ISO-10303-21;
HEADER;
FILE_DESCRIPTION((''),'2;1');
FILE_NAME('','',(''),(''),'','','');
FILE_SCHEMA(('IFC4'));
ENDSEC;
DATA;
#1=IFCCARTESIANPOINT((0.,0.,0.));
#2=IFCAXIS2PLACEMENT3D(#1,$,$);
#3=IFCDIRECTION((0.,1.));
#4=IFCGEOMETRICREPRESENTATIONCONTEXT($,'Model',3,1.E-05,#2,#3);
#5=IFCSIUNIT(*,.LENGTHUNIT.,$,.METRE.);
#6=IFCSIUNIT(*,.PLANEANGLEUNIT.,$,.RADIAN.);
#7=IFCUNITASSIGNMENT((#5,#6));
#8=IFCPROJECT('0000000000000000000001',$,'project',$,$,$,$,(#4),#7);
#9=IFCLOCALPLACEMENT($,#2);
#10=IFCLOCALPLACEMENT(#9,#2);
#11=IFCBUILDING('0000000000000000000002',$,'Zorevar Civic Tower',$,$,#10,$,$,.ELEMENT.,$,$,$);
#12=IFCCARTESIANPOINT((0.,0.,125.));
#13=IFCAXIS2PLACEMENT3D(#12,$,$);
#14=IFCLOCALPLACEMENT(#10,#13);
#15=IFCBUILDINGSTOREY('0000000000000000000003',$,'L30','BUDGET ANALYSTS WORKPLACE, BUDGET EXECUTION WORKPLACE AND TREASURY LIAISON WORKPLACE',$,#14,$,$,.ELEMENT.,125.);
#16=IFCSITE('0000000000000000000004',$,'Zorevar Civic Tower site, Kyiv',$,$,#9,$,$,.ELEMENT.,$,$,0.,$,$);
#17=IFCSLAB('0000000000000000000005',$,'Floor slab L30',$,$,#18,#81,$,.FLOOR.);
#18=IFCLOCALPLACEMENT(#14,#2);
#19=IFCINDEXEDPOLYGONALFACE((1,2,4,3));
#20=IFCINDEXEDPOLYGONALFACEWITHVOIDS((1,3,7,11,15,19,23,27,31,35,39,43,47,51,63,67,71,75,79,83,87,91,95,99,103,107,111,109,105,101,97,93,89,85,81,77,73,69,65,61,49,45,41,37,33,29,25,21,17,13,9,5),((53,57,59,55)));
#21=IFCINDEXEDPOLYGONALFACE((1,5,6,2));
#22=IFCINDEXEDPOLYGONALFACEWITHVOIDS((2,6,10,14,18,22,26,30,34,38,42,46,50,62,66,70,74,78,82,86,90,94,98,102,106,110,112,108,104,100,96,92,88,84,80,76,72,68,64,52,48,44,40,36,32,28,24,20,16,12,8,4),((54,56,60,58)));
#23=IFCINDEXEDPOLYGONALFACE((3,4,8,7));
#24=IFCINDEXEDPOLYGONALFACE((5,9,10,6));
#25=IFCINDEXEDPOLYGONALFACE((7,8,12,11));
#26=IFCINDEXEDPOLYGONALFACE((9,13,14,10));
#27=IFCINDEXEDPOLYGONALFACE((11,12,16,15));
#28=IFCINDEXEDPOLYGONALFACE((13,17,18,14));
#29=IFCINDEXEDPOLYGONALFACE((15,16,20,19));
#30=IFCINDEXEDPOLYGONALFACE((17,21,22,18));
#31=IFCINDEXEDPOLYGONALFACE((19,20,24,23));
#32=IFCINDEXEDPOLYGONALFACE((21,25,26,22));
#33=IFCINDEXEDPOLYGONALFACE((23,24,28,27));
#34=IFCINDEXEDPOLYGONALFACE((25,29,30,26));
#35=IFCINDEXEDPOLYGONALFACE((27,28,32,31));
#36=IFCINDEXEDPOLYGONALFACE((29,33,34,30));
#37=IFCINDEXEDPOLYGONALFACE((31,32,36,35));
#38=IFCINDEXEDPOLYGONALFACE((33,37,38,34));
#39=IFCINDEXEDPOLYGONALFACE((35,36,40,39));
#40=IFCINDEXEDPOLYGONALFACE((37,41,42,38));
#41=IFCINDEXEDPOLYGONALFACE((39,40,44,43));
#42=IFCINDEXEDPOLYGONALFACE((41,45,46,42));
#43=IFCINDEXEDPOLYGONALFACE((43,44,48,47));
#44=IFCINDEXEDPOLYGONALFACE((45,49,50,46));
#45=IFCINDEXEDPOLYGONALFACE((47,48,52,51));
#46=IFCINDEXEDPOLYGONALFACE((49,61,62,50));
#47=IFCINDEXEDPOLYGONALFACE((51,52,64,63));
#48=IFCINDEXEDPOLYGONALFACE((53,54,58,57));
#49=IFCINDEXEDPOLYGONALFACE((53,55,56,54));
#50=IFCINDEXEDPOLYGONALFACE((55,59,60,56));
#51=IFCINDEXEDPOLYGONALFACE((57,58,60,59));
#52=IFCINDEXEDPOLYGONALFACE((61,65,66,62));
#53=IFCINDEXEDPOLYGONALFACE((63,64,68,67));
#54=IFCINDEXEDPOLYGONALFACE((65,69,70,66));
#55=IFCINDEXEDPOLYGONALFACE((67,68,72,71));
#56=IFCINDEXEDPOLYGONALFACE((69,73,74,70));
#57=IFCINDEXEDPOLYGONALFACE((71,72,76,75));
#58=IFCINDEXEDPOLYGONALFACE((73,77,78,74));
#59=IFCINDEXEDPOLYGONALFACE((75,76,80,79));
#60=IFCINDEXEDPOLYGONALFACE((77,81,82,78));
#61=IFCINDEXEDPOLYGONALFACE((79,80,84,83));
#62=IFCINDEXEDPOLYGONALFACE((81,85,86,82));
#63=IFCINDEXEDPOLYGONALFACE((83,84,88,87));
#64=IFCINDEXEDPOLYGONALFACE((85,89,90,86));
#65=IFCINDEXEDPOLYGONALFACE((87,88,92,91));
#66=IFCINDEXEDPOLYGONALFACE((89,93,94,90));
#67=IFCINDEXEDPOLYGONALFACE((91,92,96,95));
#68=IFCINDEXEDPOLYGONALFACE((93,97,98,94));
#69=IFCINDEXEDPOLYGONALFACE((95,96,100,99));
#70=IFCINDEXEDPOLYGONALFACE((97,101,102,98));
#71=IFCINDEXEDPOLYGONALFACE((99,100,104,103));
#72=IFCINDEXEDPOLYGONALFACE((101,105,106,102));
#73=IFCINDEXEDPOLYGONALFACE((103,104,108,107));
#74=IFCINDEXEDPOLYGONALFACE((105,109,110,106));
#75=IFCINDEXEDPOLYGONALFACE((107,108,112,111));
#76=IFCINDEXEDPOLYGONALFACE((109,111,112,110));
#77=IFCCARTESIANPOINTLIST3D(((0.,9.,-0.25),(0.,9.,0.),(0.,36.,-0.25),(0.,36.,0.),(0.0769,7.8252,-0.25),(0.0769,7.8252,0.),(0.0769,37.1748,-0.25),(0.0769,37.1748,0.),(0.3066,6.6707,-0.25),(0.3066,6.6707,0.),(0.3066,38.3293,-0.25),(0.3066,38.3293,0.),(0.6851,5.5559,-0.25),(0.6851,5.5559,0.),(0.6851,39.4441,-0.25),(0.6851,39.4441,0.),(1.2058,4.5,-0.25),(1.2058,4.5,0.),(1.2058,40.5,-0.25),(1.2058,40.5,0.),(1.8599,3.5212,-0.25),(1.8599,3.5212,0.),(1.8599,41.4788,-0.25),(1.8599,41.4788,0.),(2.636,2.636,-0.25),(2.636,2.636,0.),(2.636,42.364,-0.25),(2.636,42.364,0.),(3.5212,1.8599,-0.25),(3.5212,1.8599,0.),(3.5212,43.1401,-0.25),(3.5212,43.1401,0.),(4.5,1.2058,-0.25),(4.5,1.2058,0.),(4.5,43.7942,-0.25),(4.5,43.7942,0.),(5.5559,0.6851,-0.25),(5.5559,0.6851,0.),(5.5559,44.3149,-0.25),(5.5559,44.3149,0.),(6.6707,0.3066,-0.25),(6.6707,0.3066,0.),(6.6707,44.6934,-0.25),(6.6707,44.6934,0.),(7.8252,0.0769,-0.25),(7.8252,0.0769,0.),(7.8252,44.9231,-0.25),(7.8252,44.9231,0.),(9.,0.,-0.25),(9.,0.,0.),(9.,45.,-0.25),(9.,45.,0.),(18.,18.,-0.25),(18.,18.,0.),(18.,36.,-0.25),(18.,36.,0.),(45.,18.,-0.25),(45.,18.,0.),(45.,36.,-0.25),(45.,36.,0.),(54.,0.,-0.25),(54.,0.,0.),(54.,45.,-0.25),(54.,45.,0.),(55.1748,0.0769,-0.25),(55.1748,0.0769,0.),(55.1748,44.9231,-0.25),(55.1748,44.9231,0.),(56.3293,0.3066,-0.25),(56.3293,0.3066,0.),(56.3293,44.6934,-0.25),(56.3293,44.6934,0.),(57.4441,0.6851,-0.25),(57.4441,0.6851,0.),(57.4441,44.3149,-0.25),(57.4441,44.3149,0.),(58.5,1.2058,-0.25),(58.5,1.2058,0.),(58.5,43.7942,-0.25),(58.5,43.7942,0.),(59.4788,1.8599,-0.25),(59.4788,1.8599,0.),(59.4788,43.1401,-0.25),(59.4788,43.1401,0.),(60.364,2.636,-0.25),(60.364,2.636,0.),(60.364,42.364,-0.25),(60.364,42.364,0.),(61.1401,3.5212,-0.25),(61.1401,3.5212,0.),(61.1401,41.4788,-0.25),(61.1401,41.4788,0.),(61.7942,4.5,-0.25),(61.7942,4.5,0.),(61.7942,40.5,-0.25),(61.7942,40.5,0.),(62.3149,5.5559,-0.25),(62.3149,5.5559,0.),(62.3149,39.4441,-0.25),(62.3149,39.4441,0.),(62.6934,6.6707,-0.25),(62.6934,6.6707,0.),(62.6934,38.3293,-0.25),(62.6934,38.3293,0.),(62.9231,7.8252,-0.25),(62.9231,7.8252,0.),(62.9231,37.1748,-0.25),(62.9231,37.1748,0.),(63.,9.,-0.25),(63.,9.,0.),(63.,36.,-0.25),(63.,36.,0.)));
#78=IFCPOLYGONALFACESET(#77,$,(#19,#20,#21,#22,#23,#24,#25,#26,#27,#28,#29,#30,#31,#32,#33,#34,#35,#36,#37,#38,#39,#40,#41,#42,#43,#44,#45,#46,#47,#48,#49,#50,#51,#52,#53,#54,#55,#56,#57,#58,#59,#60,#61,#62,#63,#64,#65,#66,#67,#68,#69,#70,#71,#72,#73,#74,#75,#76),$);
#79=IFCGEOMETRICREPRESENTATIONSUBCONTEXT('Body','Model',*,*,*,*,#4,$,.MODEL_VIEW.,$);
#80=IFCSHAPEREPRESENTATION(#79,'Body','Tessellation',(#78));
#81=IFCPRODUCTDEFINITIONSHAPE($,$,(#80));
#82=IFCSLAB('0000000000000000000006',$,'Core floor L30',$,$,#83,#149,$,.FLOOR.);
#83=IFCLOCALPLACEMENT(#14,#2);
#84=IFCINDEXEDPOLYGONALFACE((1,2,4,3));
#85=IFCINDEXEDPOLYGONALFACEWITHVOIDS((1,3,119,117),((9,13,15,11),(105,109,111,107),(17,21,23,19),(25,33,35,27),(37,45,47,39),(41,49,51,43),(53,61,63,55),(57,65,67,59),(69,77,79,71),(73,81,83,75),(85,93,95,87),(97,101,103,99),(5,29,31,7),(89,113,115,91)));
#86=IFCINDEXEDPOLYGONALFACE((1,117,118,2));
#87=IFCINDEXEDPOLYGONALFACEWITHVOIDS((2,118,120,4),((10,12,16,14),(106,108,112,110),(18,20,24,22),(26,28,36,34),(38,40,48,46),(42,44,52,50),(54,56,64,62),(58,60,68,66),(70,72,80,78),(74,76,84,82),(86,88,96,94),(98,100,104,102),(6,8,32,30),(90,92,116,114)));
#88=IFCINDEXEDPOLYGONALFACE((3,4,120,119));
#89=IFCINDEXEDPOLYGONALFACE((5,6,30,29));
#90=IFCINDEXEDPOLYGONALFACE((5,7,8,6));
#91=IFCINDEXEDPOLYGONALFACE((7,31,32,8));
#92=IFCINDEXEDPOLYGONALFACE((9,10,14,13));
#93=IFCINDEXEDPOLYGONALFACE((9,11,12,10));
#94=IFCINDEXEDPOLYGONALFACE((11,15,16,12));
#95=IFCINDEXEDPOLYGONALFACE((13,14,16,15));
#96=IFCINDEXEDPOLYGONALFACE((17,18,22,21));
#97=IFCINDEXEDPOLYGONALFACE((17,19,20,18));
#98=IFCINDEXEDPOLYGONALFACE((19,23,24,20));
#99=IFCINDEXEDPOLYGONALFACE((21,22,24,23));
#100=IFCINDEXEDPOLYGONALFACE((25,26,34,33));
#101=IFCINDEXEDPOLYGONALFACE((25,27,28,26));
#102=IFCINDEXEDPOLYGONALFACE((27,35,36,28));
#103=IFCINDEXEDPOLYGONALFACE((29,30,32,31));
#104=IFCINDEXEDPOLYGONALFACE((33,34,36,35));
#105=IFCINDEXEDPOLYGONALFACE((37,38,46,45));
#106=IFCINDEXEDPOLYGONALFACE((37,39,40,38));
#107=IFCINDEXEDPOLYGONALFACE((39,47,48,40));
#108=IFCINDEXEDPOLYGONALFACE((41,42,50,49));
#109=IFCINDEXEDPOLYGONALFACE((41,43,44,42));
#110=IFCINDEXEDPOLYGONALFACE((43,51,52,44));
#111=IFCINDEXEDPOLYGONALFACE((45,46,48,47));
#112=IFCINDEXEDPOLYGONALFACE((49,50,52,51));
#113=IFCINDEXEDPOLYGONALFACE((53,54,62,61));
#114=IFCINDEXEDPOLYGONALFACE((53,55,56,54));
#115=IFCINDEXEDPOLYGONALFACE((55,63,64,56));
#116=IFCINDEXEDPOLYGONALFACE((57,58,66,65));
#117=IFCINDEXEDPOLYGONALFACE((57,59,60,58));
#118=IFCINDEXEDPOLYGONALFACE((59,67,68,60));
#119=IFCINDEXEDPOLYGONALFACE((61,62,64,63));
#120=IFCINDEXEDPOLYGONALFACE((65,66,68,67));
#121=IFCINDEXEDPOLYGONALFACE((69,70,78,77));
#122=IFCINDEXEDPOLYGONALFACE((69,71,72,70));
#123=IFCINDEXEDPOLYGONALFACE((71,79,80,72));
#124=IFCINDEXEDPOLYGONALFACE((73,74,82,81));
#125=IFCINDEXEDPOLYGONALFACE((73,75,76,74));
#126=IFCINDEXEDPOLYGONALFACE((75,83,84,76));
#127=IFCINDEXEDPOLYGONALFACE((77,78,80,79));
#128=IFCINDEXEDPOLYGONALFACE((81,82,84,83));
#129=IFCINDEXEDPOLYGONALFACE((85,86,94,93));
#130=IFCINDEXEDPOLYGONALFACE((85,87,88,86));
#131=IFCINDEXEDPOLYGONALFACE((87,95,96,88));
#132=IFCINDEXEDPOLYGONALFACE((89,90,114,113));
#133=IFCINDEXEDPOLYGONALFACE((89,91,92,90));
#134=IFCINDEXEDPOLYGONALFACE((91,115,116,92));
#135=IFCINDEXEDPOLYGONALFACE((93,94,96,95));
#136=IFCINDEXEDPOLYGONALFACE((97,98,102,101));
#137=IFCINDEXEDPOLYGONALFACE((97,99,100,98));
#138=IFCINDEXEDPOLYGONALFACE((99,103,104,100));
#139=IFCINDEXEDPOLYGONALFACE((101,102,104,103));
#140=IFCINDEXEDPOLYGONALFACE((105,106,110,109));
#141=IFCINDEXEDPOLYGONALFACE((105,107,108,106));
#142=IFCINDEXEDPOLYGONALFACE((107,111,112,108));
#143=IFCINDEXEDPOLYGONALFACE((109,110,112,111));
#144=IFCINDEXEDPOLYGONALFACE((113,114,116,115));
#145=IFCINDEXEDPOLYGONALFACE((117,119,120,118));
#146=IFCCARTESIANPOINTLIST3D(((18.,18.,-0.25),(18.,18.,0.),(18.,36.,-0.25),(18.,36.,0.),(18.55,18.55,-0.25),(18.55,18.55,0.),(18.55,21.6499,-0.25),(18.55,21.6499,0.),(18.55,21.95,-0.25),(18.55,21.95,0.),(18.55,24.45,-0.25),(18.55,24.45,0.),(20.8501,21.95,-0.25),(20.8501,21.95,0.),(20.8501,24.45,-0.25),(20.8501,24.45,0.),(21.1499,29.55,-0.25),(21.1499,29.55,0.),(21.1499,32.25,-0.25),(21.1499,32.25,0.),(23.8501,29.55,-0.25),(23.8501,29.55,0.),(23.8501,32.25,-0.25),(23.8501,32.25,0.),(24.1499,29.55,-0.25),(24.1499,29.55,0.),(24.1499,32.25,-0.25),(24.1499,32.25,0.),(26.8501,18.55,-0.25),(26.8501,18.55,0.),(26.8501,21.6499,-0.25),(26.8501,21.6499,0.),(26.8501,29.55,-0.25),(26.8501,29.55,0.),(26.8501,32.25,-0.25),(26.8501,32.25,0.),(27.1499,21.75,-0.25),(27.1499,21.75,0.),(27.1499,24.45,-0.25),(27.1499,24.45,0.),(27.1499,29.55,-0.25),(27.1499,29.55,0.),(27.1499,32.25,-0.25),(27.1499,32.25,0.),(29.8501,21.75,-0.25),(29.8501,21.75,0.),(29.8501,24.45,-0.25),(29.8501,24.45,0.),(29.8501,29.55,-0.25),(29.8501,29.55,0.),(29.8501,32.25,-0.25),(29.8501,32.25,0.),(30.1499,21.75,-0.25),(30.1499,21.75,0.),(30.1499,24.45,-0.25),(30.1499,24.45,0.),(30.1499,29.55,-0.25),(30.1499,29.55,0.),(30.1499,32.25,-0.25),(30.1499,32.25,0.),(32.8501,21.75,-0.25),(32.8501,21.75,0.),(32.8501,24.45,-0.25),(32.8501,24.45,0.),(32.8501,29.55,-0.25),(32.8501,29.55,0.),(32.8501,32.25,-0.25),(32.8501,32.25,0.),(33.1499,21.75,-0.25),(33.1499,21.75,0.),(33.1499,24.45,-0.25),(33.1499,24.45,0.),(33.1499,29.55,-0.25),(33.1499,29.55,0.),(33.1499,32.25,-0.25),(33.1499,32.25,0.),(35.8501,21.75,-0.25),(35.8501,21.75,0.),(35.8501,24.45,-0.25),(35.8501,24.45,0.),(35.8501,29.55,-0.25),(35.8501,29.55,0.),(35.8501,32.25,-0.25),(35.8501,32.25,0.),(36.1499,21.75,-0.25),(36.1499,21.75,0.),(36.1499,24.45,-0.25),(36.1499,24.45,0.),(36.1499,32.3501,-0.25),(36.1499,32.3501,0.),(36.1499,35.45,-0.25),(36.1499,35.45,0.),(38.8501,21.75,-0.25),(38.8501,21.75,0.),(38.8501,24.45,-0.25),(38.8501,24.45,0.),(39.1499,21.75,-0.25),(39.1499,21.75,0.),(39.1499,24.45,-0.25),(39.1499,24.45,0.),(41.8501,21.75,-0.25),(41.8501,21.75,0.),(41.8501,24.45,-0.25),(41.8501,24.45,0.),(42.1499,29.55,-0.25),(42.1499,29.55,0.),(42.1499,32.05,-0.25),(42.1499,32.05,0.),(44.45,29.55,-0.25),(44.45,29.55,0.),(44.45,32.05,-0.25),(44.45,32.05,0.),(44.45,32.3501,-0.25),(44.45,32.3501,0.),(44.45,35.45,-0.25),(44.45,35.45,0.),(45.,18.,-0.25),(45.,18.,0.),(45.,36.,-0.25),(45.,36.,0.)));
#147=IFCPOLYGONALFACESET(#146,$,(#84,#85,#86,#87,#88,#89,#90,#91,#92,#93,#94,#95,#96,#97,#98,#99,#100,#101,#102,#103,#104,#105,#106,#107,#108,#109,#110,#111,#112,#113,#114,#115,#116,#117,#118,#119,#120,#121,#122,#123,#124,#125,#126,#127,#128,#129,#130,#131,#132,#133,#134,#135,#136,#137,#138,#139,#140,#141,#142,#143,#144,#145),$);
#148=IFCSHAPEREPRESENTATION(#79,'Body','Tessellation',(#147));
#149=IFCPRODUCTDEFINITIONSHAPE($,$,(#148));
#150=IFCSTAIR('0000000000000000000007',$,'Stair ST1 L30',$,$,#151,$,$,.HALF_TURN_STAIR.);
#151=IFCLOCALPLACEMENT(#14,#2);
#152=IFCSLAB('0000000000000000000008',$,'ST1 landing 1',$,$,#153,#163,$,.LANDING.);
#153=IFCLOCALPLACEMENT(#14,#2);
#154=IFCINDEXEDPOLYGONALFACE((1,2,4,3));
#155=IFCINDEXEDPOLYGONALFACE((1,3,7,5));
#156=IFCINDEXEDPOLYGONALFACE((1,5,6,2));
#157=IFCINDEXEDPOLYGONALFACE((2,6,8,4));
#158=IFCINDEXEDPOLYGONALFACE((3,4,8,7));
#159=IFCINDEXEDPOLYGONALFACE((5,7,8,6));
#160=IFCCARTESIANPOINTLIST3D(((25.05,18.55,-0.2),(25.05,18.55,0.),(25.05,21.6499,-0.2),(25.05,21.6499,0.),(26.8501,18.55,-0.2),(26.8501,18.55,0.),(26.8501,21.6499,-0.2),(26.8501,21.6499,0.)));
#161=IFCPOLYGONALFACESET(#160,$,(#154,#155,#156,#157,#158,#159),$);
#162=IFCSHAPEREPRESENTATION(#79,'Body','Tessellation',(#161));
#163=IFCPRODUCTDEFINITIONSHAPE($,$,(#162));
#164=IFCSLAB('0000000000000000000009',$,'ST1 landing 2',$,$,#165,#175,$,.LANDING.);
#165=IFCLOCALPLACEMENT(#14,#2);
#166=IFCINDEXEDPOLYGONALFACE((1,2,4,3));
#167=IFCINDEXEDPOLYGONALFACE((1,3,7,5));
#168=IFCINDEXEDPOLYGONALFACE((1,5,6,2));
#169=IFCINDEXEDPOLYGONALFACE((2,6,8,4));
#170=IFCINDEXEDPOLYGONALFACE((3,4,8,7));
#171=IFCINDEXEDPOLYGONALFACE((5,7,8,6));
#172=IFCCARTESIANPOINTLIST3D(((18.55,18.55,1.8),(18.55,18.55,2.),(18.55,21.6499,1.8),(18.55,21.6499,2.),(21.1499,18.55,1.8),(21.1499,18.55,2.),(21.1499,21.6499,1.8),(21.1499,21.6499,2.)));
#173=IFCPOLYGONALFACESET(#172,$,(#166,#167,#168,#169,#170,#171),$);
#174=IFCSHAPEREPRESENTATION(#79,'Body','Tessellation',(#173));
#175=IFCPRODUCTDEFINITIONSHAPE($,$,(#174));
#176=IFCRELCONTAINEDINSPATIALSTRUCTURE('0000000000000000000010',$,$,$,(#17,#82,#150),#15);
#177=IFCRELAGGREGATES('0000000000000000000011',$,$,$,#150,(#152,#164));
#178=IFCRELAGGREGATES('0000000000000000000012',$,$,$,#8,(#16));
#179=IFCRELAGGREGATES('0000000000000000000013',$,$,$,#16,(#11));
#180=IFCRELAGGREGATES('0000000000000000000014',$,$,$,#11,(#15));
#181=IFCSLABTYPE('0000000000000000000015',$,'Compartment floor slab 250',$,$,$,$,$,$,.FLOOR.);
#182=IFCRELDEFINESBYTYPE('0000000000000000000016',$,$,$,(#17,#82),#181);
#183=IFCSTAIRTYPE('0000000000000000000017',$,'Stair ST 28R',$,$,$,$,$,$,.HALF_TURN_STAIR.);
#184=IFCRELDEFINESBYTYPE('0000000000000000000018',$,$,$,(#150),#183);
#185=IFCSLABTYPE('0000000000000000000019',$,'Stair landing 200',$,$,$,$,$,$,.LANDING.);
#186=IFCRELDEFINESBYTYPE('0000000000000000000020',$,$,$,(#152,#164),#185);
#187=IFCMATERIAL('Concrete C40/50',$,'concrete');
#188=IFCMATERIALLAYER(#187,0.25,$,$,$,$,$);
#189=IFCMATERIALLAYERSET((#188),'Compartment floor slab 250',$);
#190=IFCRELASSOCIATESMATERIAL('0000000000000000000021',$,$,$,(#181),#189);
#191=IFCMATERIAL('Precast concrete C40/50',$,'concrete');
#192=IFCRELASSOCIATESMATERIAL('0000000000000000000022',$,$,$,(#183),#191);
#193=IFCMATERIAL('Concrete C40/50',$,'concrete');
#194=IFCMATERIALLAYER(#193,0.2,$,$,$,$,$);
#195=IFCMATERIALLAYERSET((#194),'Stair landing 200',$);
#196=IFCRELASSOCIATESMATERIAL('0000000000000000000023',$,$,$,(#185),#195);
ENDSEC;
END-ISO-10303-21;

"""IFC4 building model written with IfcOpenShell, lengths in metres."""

from ifc_helpers import new_model, si_unit, direction, frame, origin, place, context, subcontext, project, spatial, polyline, outline, extrude, material, layer, layer_set, type_object, element, aggregate, save


model = new_model("IFC4")

# Units and contexts
model_context = context("Model", 3, precision=1e-05, world=origin(), true_north=direction((0.0, 1.0)))
body_context = subcontext(model_context, "Body", "Model", "MODEL_VIEW")
ifc_project = project(units=[si_unit("LENGTHUNIT", "METRE"), si_unit("PLANEANGLEUNIT", "RADIAN")], contexts=[model_context])

# Site, building, storey
site_placement = place(None, origin())
site = spatial("IfcSite", under=ifc_project, at=site_placement, Name="Zorevar Civic Tower site, Kyiv", CompositionType="ELEMENT", RefElevation=0.0)
building_placement = place(site_placement, origin())
building = spatial("IfcBuilding", under=site, at=building_placement, Name="Zorevar Civic Tower", CompositionType="ELEMENT")
storey_placement = place(building_placement, frame((0.0, 0.0, 125.0)))
storey = spatial("IfcBuildingStorey", under=building, at=storey_placement, Name="L30", Description="BUDGET ANALYSTS WORKPLACE, BUDGET EXECUTION WORKPLACE AND TREASURY LIAISON WORKPLACE", CompositionType="ELEMENT", Elevation=125.0)

# Slabs
ifc_material_1 = material(Name="Concrete C40/50", Category="concrete")
ifc_layer_1 = layer(ifc_material_1, 0.25)
ifc_layer_set_1 = layer_set([ifc_layer_1], Name="Compartment floor slab 250")
slab_type_1 = type_object("IfcSlabType", Name="Compartment floor slab 250", PredefinedType="FLOOR", material=ifc_layer_set_1)
slab_1_placement = place(storey_placement, frame((0.0, 0.0, -0.25)))
element("IfcSlab", 1, at=slab_1_placement, inside=storey, type_object=slab_type_1, Name="Floor slab L30", PredefinedType="FLOOR", context=body_context, shape_type="SweptSolid", body=[
    extrude(outline(polyline([(54.0, 0.0), (55.1748, 0.0769), (56.3293, 0.3066), (57.4441, 0.6851), (58.5, 1.2058), (59.4788, 1.8599), (60.364, 2.636), (61.1401, 3.5212), (61.7942, 4.5), (62.3149, 5.5559), (62.6934, 6.6707), (62.9231, 7.8252), (63.0, 9.0), (63.0, 36.0), (62.9231, 37.1748), (62.6934, 38.3293), (62.3149, 39.4441), (61.7942, 40.5), (61.1401, 41.4788), (60.364, 42.364), (59.4788, 43.1401), (58.5, 43.7942), (57.4441, 44.3149), (56.3293, 44.6934), (55.1748, 44.9231), (54.0, 45.0), (9.0, 45.0), (7.8252, 44.9231), (6.6707, 44.6934), (5.5559, 44.3149), (4.5, 43.7942), (3.5212, 43.1401), (2.636, 42.364), (1.8599, 41.4788), (1.2058, 40.5), (0.6851, 39.4441), (0.3066, 38.3293), (0.0769, 37.1748), (0.0, 36.0), (0.0, 9.0), (0.0769, 7.8252), (0.3066, 6.6707), (0.6851, 5.5559), (1.2058, 4.5), (1.8599, 3.5212), (2.636, 2.636), (3.5212, 1.8599), (4.5, 1.2058), (5.5559, 0.6851), (6.6707, 0.3066), (7.8252, 0.0769), (9.0, 0.0), (54.0, 0.0)]), holes=[polyline([(18.0, 18.0), (45.0, 18.0), (45.0, 36.0), (18.0, 36.0), (18.0, 18.0)])]), origin(), (0.0, 0.0, 1.0), 0.25),
])
slab_2_placement = place(storey_placement, frame((0.0, 0.0, -0.25)))
element("IfcSlab", 2, at=slab_2_placement, inside=storey, type_object=slab_type_1, Name="Core floor L30", PredefinedType="FLOOR", context=body_context, shape_type="SweptSolid", body=[
    extrude(outline(polyline([(18.0, 18.0), (45.0, 18.0), (45.0, 36.0), (18.0, 36.0), (18.0, 18.0)]), holes=[polyline([(18.55, 18.55), (26.8501, 18.55), (26.8501, 21.6499), (18.55, 21.6499), (18.55, 18.55)]), polyline([(36.1499, 32.3501), (44.45, 32.3501), (44.45, 35.45), (36.1499, 35.45), (36.1499, 32.3501)]), polyline([(18.55, 21.95), (20.8501, 21.95), (20.8501, 24.45), (18.55, 24.45), (18.55, 21.95)]), polyline([(42.1499, 29.55), (44.45, 29.55), (44.45, 32.05), (42.1499, 32.05), (42.1499, 29.55)]), polyline([(27.1499, 21.75), (29.8501, 21.75), (29.8501, 24.45), (27.1499, 24.45), (27.1499, 21.75)]), polyline([(33.1499, 29.55), (35.8501, 29.55), (35.8501, 32.25), (33.1499, 32.25), (33.1499, 29.55)]), polyline([(30.1499, 21.75), (32.8501, 21.75), (32.8501, 24.45), (30.1499, 24.45), (30.1499, 21.75)]), polyline([(30.1499, 29.55), (32.8501, 29.55), (32.8501, 32.25), (30.1499, 32.25), (30.1499, 29.55)]), polyline([(33.1499, 21.75), (35.8501, 21.75), (35.8501, 24.45), (33.1499, 24.45), (33.1499, 21.75)]), polyline([(27.1499, 29.55), (29.8501, 29.55), (29.8501, 32.25), (27.1499, 32.25), (27.1499, 29.55)]), polyline([(36.1499, 21.75), (38.8501, 21.75), (38.8501, 24.45), (36.1499, 24.45), (36.1499, 21.75)]), polyline([(24.1499, 29.55), (26.8501, 29.55), (26.8501, 32.25), (24.1499, 32.25), (24.1499, 29.55)]), polyline([(39.1499, 21.75), (41.8501, 21.75), (41.8501, 24.45), (39.1499, 24.45), (39.1499, 21.75)]), polyline([(21.1499, 29.55), (23.8501, 29.55), (23.8501, 32.25), (21.1499, 32.25), (21.1499, 29.55)])]), origin(), (0.0, 0.0, 1.0), 0.25),
])

# Stair, slabs
ifc_material_2 = material(Name="Precast concrete C40/50", Category="concrete")
stair_type = type_object("IfcStairType", Name="Stair ST 28R", PredefinedType="HALF_TURN_STAIR", material=ifc_material_2)
stair_1_placement = place(storey_placement, origin())
stair_1 = element("IfcStair", 3, at=stair_1_placement, inside=storey, type_object=stair_type, Name="Stair ST1 L30", PredefinedType="HALF_TURN_STAIR")
ifc_material_3 = material(Name="Concrete C40/50", Category="concrete")
ifc_layer_2 = layer(ifc_material_3, 0.2)
ifc_layer_set_2 = layer_set([ifc_layer_2], Name="Stair landing 200")
slab_type_2 = type_object("IfcSlabType", Name="Stair landing 200", PredefinedType="LANDING", material=ifc_layer_set_2)
slab_3_placement = place(storey_placement, frame((0.0, 0.0, -0.2)))
slab_3 = element("IfcSlab", 4, at=slab_3_placement, type_object=slab_type_2, Name="ST1 landing 1", PredefinedType="LANDING", context=body_context, shape_type="SweptSolid", body=[
    extrude(outline(polyline([(25.05, 18.55), (26.8501, 18.55), (26.8501, 21.6499), (25.05, 21.6499), (25.05, 18.55)])), origin(), (0.0, 0.0, 1.0), 0.2),
])
slab_4_placement = place(storey_placement, frame((0.0, 0.0, 1.8)))
slab_4 = element("IfcSlab", 5, at=slab_4_placement, type_object=slab_type_2, Name="ST1 landing 2", PredefinedType="LANDING", context=body_context, shape_type="SweptSolid", body=[
    extrude(outline(polyline([(18.55, 18.55), (21.1499, 18.55), (21.1499, 21.6499), (18.55, 21.6499), (18.55, 18.55)])), origin(), (0.0, 0.0, 1.0), 0.2),
])
aggregate(stair_1, [slab_3, slab_4])

save(model, "model.ifc")
